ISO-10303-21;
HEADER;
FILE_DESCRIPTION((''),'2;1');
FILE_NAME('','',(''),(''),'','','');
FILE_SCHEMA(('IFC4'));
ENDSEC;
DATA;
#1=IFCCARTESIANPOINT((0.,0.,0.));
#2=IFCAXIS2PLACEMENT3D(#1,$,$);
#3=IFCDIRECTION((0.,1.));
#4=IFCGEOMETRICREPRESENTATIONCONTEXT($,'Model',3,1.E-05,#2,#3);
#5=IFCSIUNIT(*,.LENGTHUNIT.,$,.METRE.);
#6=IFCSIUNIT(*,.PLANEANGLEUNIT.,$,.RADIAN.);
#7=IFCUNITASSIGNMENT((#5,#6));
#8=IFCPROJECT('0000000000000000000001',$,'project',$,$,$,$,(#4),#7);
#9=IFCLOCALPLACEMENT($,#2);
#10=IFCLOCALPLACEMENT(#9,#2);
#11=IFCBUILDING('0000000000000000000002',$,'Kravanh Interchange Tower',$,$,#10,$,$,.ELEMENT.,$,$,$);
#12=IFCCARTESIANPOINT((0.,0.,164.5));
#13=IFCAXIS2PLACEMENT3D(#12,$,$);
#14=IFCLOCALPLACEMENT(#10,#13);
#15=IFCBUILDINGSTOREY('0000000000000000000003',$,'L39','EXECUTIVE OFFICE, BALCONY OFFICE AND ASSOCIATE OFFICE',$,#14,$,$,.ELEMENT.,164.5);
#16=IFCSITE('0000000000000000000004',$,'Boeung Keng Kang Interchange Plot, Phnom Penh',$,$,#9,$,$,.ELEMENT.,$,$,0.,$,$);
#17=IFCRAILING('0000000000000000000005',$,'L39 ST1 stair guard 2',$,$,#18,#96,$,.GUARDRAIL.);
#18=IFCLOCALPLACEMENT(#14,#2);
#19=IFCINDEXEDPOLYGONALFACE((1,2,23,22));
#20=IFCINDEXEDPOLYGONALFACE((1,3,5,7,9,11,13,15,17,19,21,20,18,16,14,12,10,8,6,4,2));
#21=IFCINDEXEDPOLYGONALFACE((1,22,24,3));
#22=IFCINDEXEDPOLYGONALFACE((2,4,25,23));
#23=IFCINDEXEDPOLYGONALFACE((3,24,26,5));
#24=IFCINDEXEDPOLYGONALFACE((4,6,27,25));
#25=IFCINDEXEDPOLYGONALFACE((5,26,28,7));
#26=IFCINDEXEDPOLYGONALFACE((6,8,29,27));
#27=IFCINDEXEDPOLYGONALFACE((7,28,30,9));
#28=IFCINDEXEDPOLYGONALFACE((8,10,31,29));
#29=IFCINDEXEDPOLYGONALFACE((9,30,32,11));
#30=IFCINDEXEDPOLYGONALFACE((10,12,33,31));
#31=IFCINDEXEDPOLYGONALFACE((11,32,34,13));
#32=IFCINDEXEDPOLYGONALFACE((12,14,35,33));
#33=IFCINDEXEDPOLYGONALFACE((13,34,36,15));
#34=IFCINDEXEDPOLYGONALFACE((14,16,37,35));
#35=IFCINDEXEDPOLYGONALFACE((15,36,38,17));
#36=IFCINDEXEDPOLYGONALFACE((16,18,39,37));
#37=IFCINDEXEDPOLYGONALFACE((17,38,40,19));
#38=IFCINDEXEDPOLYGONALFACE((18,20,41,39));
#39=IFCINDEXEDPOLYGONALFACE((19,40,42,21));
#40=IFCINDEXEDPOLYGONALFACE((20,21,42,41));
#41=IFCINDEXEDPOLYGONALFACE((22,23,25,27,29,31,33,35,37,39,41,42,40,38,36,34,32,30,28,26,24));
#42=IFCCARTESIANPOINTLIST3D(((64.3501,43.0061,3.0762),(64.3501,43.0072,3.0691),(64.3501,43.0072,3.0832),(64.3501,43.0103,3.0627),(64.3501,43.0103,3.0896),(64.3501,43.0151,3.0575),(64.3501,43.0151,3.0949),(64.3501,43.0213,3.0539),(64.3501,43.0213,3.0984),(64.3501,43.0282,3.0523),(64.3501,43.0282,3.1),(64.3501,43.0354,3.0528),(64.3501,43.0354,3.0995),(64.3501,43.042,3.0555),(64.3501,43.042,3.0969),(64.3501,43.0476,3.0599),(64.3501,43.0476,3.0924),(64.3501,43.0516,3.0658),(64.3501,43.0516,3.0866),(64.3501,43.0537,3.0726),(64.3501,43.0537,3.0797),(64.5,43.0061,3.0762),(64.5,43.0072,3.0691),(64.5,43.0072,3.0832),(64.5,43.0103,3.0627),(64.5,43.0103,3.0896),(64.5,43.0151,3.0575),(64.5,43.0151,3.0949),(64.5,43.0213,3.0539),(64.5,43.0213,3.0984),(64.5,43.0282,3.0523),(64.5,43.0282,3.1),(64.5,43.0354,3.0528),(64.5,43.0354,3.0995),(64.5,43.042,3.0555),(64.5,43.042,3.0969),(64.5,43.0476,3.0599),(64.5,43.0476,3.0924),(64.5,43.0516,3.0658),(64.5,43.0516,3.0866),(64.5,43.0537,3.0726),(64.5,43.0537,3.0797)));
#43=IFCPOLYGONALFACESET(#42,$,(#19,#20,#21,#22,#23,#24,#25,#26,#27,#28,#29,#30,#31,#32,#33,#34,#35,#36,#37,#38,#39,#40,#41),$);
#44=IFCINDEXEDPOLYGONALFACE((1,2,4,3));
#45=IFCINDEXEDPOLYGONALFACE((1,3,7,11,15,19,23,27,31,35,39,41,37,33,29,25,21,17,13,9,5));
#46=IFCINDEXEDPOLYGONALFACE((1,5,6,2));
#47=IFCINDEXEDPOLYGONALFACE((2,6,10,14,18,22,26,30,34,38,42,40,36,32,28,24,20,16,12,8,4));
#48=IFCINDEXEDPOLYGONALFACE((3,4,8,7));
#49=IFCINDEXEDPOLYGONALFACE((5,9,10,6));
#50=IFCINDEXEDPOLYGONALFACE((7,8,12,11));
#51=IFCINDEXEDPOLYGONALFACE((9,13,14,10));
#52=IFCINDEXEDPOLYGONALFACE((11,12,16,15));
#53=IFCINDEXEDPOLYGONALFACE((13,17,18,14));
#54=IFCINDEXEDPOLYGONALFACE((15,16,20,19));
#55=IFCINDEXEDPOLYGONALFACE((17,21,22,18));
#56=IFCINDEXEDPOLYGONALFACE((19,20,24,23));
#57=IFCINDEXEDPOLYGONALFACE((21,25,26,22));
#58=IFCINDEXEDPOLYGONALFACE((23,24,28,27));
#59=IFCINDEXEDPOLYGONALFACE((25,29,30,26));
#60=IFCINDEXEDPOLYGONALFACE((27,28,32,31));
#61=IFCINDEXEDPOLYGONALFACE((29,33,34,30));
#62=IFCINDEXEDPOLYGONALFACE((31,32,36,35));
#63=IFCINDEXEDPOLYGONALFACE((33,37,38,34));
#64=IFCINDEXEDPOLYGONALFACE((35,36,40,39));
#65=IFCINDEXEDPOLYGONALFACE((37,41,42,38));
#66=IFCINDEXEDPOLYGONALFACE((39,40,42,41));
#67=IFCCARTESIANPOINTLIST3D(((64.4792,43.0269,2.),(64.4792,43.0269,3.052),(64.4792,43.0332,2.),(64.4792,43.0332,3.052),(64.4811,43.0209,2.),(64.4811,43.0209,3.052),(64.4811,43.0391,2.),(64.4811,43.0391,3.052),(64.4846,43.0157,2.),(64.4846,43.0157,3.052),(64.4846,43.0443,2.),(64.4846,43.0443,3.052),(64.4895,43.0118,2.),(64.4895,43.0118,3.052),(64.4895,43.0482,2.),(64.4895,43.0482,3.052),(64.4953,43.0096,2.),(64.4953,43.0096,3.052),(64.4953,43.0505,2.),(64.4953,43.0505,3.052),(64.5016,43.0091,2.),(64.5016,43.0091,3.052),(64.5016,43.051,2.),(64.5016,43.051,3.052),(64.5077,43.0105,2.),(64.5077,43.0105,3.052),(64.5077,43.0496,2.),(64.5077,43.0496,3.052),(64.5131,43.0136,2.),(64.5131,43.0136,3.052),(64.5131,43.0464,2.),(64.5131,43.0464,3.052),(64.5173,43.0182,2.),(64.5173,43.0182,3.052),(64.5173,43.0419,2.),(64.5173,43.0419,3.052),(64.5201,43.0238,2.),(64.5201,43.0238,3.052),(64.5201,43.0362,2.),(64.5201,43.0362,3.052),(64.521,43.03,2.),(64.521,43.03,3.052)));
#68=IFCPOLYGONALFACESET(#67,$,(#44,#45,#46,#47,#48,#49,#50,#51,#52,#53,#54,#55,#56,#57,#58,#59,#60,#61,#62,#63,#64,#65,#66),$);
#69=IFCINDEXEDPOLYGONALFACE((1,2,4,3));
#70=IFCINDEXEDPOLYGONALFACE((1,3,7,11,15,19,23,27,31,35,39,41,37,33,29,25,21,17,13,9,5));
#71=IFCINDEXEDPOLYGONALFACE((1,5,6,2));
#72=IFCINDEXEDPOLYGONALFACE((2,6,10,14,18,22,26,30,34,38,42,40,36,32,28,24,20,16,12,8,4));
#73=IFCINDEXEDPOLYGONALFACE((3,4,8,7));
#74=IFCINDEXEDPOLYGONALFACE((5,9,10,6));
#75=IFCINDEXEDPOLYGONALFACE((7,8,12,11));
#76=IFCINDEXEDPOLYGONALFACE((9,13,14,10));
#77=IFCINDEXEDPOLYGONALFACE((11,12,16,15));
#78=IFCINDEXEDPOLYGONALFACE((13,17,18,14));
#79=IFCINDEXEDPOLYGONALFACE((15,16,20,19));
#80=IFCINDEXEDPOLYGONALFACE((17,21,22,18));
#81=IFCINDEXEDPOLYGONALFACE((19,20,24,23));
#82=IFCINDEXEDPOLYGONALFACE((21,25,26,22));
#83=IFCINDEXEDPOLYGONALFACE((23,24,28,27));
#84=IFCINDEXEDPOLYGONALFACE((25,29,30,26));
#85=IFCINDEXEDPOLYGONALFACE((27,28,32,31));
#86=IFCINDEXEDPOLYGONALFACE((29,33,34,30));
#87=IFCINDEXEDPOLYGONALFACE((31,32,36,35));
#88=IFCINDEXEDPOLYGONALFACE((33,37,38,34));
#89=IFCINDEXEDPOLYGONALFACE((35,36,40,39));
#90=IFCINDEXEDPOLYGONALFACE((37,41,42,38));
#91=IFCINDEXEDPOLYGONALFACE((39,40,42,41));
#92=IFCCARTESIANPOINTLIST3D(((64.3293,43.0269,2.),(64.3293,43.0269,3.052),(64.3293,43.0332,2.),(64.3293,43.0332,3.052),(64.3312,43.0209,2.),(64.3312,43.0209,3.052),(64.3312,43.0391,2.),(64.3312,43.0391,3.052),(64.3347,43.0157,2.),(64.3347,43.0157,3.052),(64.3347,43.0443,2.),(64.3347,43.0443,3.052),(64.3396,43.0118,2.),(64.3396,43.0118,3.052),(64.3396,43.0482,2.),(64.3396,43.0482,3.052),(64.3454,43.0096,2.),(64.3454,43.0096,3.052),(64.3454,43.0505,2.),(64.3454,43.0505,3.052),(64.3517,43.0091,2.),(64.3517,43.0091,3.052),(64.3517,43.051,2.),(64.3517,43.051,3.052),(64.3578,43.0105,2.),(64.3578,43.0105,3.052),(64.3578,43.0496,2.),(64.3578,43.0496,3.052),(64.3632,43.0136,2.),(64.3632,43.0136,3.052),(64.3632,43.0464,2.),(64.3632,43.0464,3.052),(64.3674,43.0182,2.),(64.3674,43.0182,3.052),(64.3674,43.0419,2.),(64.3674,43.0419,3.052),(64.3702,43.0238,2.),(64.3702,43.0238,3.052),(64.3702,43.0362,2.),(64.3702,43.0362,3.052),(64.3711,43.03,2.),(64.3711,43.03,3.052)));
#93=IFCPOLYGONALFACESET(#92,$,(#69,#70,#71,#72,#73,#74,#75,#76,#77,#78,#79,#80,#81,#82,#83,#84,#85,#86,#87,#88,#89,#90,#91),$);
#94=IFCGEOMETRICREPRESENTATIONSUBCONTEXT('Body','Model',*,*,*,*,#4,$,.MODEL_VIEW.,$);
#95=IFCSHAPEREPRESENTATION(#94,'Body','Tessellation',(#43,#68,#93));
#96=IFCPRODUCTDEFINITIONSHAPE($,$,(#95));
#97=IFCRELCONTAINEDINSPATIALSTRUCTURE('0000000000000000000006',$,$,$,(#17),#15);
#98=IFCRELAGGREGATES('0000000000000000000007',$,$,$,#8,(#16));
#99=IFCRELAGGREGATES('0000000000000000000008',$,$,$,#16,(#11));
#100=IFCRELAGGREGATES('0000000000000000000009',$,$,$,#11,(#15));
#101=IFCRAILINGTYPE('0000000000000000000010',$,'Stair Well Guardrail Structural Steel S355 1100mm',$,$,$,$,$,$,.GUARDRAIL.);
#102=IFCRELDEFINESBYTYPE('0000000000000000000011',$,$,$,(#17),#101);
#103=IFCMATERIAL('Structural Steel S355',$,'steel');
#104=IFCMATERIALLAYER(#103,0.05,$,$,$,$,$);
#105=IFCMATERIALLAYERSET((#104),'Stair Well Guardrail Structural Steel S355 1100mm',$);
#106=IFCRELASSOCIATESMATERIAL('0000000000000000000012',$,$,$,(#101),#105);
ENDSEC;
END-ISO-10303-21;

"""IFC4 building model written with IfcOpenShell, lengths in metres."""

from ifc_helpers import new_model, si_unit, direction, frame, origin, origin_2d, place, context, subcontext, project, spatial, circle, extrude, material, layer, layer_set, type_object, element, save


model = new_model("IFC4")

# Units and contexts
model_context = context("Model", 3, precision=1e-05, world=origin(), true_north=direction((0.0, 1.0)))
body_context = subcontext(model_context, "Body", "Model", "MODEL_VIEW")
ifc_project = project(units=[si_unit("LENGTHUNIT", "METRE"), si_unit("PLANEANGLEUNIT", "RADIAN")], contexts=[model_context])

# Site, building, storey
site_placement = place(None, origin())
site = spatial("IfcSite", under=ifc_project, at=site_placement, Name="Boeung Keng Kang Interchange Plot, Phnom Penh", CompositionType="ELEMENT", RefElevation=0.0)
building_placement = place(site_placement, origin())
building = spatial("IfcBuilding", under=site, at=building_placement, Name="Kravanh Interchange Tower", CompositionType="ELEMENT")
storey_placement = place(building_placement, frame((0.0, 0.0, 164.5)))
storey = spatial("IfcBuildingStorey", under=building, at=storey_placement, Name="L39", Description="EXECUTIVE OFFICE, BALCONY OFFICE AND ASSOCIATE OFFICE", CompositionType="ELEMENT", Elevation=164.5)

# Railing
ifc_material_1 = material(Name="Structural Steel S355", Category="steel")
ifc_layer_1 = layer(ifc_material_1, 0.05)
ifc_layer_set_1 = layer_set([ifc_layer_1], Name="Stair Well Guardrail Structural Steel S355 1100mm")
railing_type_1 = type_object("IfcRailingType", Name="Stair Well Guardrail Structural Steel S355 1100mm", PredefinedType="GUARDRAIL", material=ifc_layer_set_1)
railing_1_placement = place(storey_placement, frame((64.5, 43.03, 2.0)))
element("IfcRailing", 1, at=railing_1_placement, inside=storey, type_object=railing_type_1, Name="L39 ST1 stair guard 2", PredefinedType="GUARDRAIL", context=body_context, shape_type="SweptSolid", body=[
    extrude(circle(Radius=0.0239, at=origin_2d()), frame((0.0, 0.0, 1.0762), z_axis=(-1.0, 0.0, 0.0), x_axis=(0.0, -1.0, 0.0)), (0.0, 0.0, 1.0), 0.1499),
    extrude(circle(Radius=0.021, at=origin_2d()), origin(), (0.0, 0.0, 1.0), 1.052),
    extrude(circle(Radius=0.021, at=origin_2d()), frame((-0.1499, 0.0, 0.0)), (0.0, 0.0, 1.0), 1.052),
])

save(model, "model.ifc")
